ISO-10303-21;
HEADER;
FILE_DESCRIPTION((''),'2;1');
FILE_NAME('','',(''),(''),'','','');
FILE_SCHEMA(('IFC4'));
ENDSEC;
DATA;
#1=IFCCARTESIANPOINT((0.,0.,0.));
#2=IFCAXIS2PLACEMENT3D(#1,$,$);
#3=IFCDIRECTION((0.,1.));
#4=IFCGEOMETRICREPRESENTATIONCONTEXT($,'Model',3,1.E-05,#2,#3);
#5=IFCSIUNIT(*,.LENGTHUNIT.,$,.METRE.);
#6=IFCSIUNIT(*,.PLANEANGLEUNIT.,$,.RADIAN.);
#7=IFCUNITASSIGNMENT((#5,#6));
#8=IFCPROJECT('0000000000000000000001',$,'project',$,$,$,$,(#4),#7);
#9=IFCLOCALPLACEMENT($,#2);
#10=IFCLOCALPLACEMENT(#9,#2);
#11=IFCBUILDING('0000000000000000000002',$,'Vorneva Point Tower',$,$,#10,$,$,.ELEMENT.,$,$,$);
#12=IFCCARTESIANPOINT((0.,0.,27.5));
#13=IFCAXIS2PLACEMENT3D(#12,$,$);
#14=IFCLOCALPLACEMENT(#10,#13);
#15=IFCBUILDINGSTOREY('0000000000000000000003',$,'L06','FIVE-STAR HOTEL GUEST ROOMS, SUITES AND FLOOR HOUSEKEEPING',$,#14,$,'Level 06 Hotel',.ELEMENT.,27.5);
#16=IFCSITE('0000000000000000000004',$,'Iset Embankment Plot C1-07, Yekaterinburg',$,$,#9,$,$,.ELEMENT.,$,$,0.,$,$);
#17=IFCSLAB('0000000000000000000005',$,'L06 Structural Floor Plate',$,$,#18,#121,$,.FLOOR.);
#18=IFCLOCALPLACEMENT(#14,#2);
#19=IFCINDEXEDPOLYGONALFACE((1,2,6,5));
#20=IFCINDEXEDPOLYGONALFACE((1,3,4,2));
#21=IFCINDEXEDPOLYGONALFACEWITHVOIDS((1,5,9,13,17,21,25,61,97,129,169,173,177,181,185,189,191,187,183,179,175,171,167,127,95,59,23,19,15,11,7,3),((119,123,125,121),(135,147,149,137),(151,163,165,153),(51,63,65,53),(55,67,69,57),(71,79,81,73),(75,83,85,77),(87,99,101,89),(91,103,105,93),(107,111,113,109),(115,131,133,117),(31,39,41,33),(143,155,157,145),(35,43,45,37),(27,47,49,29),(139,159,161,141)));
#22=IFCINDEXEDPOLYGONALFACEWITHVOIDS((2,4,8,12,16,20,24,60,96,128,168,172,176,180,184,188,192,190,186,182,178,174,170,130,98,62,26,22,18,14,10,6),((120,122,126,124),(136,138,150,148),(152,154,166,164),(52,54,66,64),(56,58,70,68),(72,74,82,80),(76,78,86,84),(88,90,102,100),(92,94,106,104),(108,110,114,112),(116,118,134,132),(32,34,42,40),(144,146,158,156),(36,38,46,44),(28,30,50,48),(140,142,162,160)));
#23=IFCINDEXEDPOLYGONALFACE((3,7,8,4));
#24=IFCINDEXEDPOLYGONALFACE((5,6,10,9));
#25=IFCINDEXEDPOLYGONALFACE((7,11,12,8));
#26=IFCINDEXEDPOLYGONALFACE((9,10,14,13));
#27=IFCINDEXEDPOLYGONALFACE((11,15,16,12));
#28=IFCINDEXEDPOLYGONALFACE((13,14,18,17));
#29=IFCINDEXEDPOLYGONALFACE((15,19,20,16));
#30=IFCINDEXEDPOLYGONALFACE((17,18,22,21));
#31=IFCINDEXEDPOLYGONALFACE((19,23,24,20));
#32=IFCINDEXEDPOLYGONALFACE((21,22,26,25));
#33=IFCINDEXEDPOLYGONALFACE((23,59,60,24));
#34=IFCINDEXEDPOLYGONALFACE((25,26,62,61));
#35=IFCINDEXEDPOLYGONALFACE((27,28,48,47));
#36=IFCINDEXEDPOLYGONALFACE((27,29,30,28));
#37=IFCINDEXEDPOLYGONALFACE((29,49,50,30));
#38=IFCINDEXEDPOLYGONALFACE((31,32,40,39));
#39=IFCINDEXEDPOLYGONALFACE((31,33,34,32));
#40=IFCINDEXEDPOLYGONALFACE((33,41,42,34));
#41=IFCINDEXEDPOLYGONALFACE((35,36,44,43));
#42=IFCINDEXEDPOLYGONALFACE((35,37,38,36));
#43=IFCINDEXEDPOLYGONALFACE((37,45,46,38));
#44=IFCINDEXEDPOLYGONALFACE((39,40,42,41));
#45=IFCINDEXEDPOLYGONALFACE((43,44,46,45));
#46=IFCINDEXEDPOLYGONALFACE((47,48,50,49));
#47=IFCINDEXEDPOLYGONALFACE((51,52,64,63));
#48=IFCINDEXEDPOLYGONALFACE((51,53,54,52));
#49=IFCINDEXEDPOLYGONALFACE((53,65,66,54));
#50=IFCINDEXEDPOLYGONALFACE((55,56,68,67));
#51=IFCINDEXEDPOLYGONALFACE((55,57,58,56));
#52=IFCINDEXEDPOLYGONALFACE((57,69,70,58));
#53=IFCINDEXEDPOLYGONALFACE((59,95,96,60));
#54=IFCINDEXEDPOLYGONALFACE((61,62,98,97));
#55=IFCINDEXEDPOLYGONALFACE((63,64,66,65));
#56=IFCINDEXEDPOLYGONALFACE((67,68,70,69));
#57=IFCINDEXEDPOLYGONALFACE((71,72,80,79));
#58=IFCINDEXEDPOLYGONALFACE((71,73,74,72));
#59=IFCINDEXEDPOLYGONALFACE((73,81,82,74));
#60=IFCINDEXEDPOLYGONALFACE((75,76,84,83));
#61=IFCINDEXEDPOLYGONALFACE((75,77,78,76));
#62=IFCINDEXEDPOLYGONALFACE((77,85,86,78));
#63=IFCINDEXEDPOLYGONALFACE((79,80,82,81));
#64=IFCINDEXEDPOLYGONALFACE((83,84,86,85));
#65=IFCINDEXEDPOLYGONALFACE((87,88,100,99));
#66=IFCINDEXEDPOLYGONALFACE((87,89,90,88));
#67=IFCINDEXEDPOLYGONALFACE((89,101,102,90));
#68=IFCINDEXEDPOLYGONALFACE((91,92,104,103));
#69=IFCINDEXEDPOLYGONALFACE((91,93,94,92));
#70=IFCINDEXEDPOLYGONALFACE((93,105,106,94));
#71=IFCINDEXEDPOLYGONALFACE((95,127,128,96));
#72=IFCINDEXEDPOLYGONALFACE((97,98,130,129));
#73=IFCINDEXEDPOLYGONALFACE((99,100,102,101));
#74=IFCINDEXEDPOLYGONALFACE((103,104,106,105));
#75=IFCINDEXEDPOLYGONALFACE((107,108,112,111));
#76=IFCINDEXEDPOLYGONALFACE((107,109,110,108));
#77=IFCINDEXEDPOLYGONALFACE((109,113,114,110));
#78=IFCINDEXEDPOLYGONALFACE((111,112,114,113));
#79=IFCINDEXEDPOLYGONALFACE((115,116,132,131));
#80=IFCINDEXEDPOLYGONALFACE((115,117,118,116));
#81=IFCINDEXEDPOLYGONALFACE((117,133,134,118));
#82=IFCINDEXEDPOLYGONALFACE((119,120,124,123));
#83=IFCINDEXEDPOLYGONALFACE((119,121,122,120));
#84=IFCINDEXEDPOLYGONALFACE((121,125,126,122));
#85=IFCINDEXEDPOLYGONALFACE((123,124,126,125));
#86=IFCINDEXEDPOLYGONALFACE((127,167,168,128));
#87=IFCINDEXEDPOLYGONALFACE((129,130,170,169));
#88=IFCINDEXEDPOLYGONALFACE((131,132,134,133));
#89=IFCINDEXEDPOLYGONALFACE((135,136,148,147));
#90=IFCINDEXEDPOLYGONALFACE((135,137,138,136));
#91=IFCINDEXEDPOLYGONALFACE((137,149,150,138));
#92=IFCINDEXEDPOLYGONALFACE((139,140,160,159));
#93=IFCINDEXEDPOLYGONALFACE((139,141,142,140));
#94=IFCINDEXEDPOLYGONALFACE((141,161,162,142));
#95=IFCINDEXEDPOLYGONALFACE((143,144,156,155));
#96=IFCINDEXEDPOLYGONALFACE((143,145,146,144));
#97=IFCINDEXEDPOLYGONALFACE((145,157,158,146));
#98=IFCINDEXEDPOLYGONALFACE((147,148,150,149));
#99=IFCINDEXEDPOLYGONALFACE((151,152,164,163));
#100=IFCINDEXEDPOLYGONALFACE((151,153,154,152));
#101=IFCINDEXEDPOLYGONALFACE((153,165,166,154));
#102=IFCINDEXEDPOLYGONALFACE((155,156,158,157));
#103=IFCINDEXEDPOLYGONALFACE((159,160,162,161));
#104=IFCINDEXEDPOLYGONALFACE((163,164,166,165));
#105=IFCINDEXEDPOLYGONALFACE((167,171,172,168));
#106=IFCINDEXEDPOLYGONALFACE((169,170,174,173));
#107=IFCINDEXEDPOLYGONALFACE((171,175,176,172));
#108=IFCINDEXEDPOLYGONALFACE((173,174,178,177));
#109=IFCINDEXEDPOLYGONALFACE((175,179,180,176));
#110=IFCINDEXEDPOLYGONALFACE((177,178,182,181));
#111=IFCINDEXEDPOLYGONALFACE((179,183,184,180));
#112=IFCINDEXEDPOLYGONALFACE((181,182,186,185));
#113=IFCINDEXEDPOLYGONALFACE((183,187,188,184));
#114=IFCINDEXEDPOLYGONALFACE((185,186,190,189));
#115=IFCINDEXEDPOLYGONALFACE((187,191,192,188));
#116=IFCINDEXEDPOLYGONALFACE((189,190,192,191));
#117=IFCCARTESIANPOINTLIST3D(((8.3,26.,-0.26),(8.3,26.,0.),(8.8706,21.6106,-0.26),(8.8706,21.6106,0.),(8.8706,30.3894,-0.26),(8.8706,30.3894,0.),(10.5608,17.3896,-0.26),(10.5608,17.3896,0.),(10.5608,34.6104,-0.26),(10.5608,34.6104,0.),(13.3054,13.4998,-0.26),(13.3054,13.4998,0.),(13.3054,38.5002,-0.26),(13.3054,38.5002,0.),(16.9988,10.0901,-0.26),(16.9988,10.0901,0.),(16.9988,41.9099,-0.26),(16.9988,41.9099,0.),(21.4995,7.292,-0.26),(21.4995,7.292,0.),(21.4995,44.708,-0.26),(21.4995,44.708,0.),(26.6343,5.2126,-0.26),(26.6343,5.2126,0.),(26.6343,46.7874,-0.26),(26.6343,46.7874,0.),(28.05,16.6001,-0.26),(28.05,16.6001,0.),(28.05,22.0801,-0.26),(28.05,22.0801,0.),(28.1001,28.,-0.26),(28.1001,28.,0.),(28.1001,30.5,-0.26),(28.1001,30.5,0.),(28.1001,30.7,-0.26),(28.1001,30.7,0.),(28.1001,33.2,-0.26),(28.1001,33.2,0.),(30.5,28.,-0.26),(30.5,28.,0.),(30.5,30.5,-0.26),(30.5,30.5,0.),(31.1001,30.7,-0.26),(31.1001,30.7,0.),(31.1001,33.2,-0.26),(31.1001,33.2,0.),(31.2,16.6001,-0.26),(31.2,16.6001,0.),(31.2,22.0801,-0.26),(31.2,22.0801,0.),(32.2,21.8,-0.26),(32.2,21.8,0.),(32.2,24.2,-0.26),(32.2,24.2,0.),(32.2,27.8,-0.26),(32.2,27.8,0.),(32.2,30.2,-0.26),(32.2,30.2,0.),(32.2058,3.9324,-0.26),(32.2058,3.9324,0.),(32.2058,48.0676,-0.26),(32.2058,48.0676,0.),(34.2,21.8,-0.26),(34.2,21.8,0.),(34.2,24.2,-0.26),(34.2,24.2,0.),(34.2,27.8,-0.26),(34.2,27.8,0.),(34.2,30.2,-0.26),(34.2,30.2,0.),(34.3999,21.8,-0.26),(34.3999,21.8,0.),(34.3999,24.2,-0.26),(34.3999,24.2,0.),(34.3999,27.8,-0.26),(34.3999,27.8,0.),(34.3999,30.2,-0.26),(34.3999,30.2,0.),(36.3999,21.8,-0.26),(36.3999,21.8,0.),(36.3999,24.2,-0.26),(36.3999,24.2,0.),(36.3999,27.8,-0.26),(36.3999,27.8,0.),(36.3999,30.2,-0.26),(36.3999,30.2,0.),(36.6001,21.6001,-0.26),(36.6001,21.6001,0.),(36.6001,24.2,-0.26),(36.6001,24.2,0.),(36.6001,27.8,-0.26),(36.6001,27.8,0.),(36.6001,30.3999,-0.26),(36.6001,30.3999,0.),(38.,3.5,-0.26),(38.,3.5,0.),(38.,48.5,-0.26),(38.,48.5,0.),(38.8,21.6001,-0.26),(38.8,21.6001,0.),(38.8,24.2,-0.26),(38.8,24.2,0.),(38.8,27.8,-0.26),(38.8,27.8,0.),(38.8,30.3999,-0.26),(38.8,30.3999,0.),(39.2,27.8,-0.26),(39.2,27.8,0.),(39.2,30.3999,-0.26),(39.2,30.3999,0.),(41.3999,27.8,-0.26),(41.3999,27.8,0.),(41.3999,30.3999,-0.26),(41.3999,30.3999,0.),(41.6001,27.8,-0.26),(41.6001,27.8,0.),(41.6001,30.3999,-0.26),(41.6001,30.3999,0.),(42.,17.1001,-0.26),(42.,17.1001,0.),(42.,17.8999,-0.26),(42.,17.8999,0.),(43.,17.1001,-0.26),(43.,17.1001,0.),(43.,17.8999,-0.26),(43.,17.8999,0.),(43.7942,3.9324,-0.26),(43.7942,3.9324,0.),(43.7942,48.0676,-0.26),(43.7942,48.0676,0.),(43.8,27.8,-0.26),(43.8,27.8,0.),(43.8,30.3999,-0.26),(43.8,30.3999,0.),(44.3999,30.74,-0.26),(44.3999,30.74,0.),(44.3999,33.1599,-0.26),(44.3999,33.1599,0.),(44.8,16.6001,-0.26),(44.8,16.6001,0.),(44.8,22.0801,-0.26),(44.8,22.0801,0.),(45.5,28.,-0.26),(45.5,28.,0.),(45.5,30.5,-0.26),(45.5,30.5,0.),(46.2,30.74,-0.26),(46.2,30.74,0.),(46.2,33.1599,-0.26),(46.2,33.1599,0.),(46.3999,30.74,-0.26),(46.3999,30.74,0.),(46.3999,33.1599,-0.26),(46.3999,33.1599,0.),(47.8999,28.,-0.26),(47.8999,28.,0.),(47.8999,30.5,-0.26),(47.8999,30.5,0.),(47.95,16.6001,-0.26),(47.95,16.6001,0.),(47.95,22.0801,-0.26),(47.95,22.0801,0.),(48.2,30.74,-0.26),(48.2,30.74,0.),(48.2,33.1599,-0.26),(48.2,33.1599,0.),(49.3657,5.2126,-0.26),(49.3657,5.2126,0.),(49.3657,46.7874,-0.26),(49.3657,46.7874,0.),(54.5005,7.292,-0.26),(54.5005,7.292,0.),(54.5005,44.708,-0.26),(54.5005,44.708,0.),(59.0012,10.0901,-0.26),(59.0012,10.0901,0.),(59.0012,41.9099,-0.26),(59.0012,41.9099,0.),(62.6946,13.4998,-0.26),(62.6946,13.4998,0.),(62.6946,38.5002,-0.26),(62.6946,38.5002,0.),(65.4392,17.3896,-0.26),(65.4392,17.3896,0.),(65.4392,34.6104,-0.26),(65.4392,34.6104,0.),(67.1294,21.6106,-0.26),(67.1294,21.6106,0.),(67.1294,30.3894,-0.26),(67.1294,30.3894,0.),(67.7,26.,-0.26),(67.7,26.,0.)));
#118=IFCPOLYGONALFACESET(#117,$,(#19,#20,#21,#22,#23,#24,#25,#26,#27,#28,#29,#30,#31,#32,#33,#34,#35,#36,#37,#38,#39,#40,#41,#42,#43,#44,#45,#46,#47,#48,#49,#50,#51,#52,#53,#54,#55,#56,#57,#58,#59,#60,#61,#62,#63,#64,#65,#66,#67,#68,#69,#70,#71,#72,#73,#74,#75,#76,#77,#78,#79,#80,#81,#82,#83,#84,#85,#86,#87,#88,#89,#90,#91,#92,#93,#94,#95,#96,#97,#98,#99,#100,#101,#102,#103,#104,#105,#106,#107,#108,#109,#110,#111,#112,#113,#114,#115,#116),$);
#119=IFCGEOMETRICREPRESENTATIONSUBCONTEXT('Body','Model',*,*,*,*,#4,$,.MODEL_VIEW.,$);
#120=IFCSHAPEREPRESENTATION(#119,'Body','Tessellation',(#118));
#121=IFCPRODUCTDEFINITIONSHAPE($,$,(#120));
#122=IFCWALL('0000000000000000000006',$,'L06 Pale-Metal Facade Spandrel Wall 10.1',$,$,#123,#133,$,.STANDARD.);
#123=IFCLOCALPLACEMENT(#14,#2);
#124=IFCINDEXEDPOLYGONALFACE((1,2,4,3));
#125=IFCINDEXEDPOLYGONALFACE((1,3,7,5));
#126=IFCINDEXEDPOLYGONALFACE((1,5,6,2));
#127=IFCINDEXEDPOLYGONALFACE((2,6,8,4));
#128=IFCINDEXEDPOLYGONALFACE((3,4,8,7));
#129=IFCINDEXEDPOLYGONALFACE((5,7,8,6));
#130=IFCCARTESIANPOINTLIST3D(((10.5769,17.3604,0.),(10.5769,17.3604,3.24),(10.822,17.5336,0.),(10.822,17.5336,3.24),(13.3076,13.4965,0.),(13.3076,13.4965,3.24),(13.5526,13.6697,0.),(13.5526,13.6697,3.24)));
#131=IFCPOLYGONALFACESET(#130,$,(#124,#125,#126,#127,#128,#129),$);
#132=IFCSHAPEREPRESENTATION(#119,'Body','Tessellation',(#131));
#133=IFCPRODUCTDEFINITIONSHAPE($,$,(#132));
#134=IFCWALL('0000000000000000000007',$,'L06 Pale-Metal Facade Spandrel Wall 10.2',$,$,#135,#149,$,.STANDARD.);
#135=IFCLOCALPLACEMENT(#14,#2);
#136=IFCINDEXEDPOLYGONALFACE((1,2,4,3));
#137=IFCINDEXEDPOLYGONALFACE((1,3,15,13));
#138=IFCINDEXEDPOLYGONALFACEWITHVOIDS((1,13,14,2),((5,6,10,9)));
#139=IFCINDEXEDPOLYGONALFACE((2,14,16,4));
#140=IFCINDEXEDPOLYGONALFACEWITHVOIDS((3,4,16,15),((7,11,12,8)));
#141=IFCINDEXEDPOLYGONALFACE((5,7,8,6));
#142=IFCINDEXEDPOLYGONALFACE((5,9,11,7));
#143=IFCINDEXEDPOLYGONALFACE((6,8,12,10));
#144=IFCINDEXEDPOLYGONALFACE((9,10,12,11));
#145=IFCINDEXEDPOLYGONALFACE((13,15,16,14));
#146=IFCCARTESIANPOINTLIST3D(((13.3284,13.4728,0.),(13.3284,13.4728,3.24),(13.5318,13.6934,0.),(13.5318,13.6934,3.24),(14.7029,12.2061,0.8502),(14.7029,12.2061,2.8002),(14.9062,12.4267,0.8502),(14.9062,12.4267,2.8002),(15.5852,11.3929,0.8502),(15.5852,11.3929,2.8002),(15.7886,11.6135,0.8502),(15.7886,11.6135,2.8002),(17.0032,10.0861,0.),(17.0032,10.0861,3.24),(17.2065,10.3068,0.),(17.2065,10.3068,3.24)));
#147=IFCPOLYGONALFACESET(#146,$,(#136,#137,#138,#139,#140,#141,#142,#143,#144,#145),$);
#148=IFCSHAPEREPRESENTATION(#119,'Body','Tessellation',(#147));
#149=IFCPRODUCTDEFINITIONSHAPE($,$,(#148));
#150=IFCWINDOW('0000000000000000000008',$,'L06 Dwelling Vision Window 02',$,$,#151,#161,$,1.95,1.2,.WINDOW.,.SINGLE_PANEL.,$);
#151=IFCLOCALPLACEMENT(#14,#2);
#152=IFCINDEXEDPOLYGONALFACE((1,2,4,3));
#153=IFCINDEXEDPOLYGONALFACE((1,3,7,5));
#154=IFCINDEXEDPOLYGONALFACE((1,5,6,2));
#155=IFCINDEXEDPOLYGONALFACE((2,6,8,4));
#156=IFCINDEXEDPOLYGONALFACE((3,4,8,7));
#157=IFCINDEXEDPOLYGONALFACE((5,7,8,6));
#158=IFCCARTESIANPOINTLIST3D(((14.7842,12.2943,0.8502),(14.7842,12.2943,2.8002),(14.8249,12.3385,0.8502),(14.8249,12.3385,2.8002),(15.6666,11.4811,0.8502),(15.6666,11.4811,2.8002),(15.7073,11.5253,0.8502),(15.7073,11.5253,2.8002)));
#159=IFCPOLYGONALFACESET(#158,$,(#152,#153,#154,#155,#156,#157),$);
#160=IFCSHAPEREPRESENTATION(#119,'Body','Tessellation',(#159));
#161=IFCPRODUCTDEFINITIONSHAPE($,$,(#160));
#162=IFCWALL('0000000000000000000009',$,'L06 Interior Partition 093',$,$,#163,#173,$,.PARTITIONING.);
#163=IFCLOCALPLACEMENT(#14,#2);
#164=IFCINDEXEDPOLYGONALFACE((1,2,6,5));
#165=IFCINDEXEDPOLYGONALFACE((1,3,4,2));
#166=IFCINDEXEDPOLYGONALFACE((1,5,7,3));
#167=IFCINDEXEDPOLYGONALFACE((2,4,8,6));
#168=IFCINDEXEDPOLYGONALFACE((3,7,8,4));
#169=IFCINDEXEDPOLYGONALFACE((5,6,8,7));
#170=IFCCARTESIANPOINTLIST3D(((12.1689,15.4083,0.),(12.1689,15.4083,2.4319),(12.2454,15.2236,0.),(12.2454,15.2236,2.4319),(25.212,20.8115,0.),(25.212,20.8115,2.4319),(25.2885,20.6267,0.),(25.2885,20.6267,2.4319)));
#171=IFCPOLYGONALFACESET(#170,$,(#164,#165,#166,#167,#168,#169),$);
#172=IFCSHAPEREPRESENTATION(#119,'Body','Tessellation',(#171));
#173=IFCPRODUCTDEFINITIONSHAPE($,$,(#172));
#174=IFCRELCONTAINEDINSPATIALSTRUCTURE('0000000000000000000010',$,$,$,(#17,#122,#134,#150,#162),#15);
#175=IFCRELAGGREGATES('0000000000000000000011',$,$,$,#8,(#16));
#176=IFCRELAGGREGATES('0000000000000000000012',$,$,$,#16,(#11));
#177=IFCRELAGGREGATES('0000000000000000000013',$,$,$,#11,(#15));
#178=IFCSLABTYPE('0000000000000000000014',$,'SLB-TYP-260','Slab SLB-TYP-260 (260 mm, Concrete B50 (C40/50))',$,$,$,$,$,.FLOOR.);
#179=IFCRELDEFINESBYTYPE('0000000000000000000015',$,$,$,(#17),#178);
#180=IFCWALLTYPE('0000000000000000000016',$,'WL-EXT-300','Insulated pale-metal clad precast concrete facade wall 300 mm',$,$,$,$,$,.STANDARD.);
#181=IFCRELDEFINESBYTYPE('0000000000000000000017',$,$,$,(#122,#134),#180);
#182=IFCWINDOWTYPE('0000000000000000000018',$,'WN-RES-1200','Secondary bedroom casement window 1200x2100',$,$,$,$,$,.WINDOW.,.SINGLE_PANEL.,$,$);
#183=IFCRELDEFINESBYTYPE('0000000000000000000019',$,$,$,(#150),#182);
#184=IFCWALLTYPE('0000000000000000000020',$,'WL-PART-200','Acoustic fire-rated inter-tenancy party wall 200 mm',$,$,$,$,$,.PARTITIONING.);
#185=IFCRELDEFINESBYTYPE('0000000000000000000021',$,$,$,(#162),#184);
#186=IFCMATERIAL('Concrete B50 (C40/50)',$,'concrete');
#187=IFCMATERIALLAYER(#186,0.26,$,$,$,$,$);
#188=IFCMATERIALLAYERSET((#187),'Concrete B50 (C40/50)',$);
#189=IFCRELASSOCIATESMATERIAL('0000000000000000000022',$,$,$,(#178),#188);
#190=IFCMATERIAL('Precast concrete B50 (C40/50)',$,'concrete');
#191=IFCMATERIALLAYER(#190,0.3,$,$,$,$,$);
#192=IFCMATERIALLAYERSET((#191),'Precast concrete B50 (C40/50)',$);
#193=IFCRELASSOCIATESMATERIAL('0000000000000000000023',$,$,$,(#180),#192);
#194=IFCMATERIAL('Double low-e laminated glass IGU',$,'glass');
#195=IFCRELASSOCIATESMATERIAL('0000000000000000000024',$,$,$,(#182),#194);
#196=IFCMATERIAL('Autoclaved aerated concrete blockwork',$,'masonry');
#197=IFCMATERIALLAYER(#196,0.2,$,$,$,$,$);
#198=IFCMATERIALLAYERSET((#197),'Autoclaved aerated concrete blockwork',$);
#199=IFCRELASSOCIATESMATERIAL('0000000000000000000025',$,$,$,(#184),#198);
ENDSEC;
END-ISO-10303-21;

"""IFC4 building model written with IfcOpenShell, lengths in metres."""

from ifc_helpers import new_model, si_unit, direction, frame, frame_2d, origin, place, context, subcontext, project, spatial, polyline, rectangle, outline, extrude, material, layer, layer_set, type_object, element, fill, save


model = new_model("IFC4")

# Units and contexts
model_context = context("Model", 3, precision=1e-05, world=origin(), true_north=direction((0.0, 1.0)))
body_context = subcontext(model_context, "Body", "Model", "MODEL_VIEW")
ifc_project = project(units=[si_unit("LENGTHUNIT", "METRE"), si_unit("PLANEANGLEUNIT", "RADIAN")], contexts=[model_context])

# Site, building, storey
site_placement = place(None, origin())
site = spatial("IfcSite", under=ifc_project, at=site_placement, Name="Iset Embankment Plot C1-07, Yekaterinburg", CompositionType="ELEMENT", RefElevation=0.0)
building_placement = place(site_placement, origin())
building = spatial("IfcBuilding", under=site, at=building_placement, Name="Vorneva Point Tower", CompositionType="ELEMENT")
storey_placement = place(building_placement, frame((0.0, 0.0, 27.5)))
storey = spatial("IfcBuildingStorey", under=building, at=storey_placement, Name="L06", Description="FIVE-STAR HOTEL GUEST ROOMS, SUITES AND FLOOR HOUSEKEEPING", LongName="Level 06 Hotel", CompositionType="ELEMENT", Elevation=27.5)

# Shared definitions
ifc_material_1 = material(Name="Double low-e laminated glass IGU", Category="glass")

# Shared definitions
ifc_material_2 = material(Name="Concrete B50 (C40/50)", Category="concrete")

# Slab
ifc_layer_1 = layer(ifc_material_2, 0.26)
ifc_layer_set_1 = layer_set([ifc_layer_1], Name="Concrete B50 (C40/50)")
slab_type_1 = type_object("IfcSlabType", Name="SLB-TYP-260", Description="Slab SLB-TYP-260 (260 mm, Concrete B50 (C40/50))", PredefinedType="FLOOR", material=ifc_layer_set_1)
slab_1_placement = place(storey_placement, frame((0.0, 0.0, -0.26)))
element("IfcSlab", 1, at=slab_1_placement, inside=storey, type_object=slab_type_1, Name="L06 Structural Floor Plate", PredefinedType="FLOOR", context=body_context, shape_type="SweptSolid", body=[
    extrude(outline(polyline([(67.7, 26.0), (67.1294, 30.3894), (65.4392, 34.6104), (62.6946, 38.5002), (59.0012, 41.9099), (54.5005, 44.708), (49.3657, 46.7874), (43.7942, 48.0676), (38.0, 48.5), (32.2058, 48.0676), (26.6343, 46.7874), (21.4995, 44.708), (16.9988, 41.9099), (13.3054, 38.5002), (10.5608, 34.6104), (8.8706, 30.3894), (8.3, 26.0), (8.8706, 21.6106), (10.5608, 17.3896), (13.3054, 13.4998), (16.9988, 10.0901), (21.4995, 7.292), (26.6343, 5.2126), (32.2058, 3.9324), (38.0, 3.5), (43.7942, 3.9324), (49.3657, 5.2126), (54.5005, 7.292), (59.0012, 10.0901), (62.6946, 13.4998), (65.4392, 17.3896), (67.1294, 21.6106), (67.7, 26.0)]), holes=[polyline([(32.2, 27.8), (34.2, 27.8), (34.2, 30.2), (32.2, 30.2), (32.2, 27.8)]), polyline([(34.3999, 27.8), (36.3999, 27.8), (36.3999, 30.2), (34.3999, 30.2), (34.3999, 27.8)]), polyline([(36.6001, 27.8), (38.8, 27.8), (38.8, 30.3999), (36.6001, 30.3999), (36.6001, 27.8)]), polyline([(32.2, 21.8), (34.2, 21.8), (34.2, 24.2), (32.2, 24.2), (32.2, 21.8)]), polyline([(34.3999, 21.8), (36.3999, 21.8), (36.3999, 24.2), (34.3999, 24.2), (34.3999, 21.8)]), polyline([(36.6001, 21.6001), (38.8, 21.6001), (38.8, 24.2), (36.6001, 24.2), (36.6001, 21.6001)]), polyline([(39.2, 27.8), (41.3999, 27.8), (41.3999, 30.3999), (39.2, 30.3999), (39.2, 27.8)]), polyline([(41.6001, 27.8), (43.8, 27.8), (43.8, 30.3999), (41.6001, 30.3999), (41.6001, 27.8)]), polyline([(44.3999, 30.74), (46.2, 30.74), (46.2, 33.1599), (44.3999, 33.1599), (44.3999, 30.74)]), polyline([(46.3999, 30.74), (48.2, 30.74), (48.2, 33.1599), (46.3999, 33.1599), (46.3999, 30.74)]), polyline([(28.1001, 28.0), (30.5, 28.0), (30.5, 30.5), (28.1001, 30.5), (28.1001, 28.0)]), polyline([(45.5, 28.0), (47.8999, 28.0), (47.8999, 30.5), (45.5, 30.5), (45.5, 28.0)]), polyline([(28.1001, 30.7), (31.1001, 30.7), (31.1001, 33.2), (28.1001, 33.2), (28.1001, 30.7)]), polyline([(28.05, 16.6001), (31.2, 16.6001), (31.2, 22.0801), (28.05, 22.0801), (28.05, 16.6001)]), polyline([(44.8, 16.6001), (47.95, 16.6001), (47.95, 22.0801), (44.8, 22.0801), (44.8, 16.6001)]), polyline([(42.0, 17.1001), (43.0, 17.1001), (43.0, 17.8999), (42.0, 17.8999), (42.0, 17.1001)])]), origin(), (0.0, 0.0, 1.0), 0.26),
])

# Wall
ifc_material_3 = material(Name="Precast concrete B50 (C40/50)", Category="concrete")
ifc_layer_2 = layer(ifc_material_3, 0.3)
ifc_layer_set_2 = layer_set([ifc_layer_2], Name="Precast concrete B50 (C40/50)")
wall_type_1 = type_object("IfcWallType", Name="WL-EXT-300", Description="Insulated pale-metal clad precast concrete facade wall 300 mm", PredefinedType="STANDARD", material=ifc_layer_set_2)
wall_1_placement = place(storey_placement, frame((10.6995, 17.447, 0.0), z_axis=(0.0, 0.0, 1.0), x_axis=(0.577131, -0.816652, 0.0)))
element("IfcWall", 2, at=wall_1_placement, inside=storey, type_object=wall_type_1, Name="L06 Pale-Metal Facade Spandrel Wall 10.1", PredefinedType="STANDARD", context=body_context, shape_type="SweptSolid", body=[
    extrude(rectangle(XDim=4.7314, YDim=0.3, at=frame_2d((2.3657, 0.0))), origin(), (0.0, 0.0, 1.0), 3.24),
])

# Wall, opening, window
wall_2_placement = place(storey_placement, frame((13.4302, 13.583, 0.0), z_axis=(0.0, 0.0, 1.0), x_axis=(0.735343, -0.677696, 0.0)))
wall_2 = element("IfcWall", 3, at=wall_2_placement, inside=storey, type_object=wall_type_1, Name="L06 Pale-Metal Facade Spandrel Wall 10.2", PredefinedType="STANDARD", context=body_context, shape_type="SweptSolid", body=[
    extrude(rectangle(XDim=4.9973, YDim=0.3, at=frame_2d((2.4985, 0.0))), origin(), (0.0, 0.0, 1.0), 3.24),
])
opening_placement = place(wall_2_placement, frame((1.8689, 0.0, 0.8501)))
opening = element("IfcOpeningElement", 4, at=opening_placement, cuts=wall_2, PredefinedType="OPENING", context=body_context, shape_type="SweptSolid", body=[
    extrude(rectangle(XDim=1.2, YDim=1.95, at=frame_2d((0.6001, 0.9751))), frame((0.0, 0.165, 0.0), z_axis=(0.0, -1.0, 0.0), x_axis=(1.0, 0.0, 0.0)), (0.0, 0.0, 1.0), 0.3298),
])
window_type = type_object("IfcWindowType", Name="WN-RES-1200", Description="Secondary bedroom casement window 1200x2100", PartitioningType="SINGLE_PANEL", PredefinedType="WINDOW", material=ifc_material_1)
window_placement = place(opening_placement, origin())
window = element("IfcWindow", 5, at=window_placement, inside=storey, type_object=window_type, Name="L06 Dwelling Vision Window 02", OverallHeight=1.95, OverallWidth=1.2, PartitioningType="SINGLE_PANEL", PredefinedType="WINDOW", context=body_context, shape_type="SweptSolid", body=[
    extrude(rectangle(XDim=1.2, YDim=1.95, at=frame_2d((0.6001, 0.9751))), frame((0.0, 0.03, 0.0), z_axis=(0.0, -1.0, 0.0), x_axis=(1.0, 0.0, 0.0)), (0.0, 0.0, 1.0), 0.0601),
])
fill(opening, window)

# Wall
ifc_material_4 = material(Name="Autoclaved aerated concrete blockwork", Category="masonry")
ifc_layer_3 = layer(ifc_material_4, 0.2)
ifc_layer_set_3 = layer_set([ifc_layer_3], Name="Autoclaved aerated concrete blockwork")
wall_type_2 = type_object("IfcWallType", Name="WL-PART-200", Description="Acoustic fire-rated inter-tenancy party wall 200 mm", PredefinedType="PARTITIONING", material=ifc_layer_set_3)
wall_3_placement = place(storey_placement, frame((12.207, 15.3159, 0.0), z_axis=(0.0, 0.0, 1.0), x_axis=(0.923867, 0.382714, 0.0)))
element("IfcWall", 6, at=wall_3_placement, inside=storey, type_object=wall_type_2, Name="L06 Interior Partition 093", PredefinedType="PARTITIONING", context=body_context, shape_type="SweptSolid", body=[
    extrude(rectangle(XDim=14.1179, YDim=0.2, at=frame_2d((7.0591, 0.0))), origin(), (0.0, 0.0, 1.0), 2.4319),
])

save(model, "model.ifc")
